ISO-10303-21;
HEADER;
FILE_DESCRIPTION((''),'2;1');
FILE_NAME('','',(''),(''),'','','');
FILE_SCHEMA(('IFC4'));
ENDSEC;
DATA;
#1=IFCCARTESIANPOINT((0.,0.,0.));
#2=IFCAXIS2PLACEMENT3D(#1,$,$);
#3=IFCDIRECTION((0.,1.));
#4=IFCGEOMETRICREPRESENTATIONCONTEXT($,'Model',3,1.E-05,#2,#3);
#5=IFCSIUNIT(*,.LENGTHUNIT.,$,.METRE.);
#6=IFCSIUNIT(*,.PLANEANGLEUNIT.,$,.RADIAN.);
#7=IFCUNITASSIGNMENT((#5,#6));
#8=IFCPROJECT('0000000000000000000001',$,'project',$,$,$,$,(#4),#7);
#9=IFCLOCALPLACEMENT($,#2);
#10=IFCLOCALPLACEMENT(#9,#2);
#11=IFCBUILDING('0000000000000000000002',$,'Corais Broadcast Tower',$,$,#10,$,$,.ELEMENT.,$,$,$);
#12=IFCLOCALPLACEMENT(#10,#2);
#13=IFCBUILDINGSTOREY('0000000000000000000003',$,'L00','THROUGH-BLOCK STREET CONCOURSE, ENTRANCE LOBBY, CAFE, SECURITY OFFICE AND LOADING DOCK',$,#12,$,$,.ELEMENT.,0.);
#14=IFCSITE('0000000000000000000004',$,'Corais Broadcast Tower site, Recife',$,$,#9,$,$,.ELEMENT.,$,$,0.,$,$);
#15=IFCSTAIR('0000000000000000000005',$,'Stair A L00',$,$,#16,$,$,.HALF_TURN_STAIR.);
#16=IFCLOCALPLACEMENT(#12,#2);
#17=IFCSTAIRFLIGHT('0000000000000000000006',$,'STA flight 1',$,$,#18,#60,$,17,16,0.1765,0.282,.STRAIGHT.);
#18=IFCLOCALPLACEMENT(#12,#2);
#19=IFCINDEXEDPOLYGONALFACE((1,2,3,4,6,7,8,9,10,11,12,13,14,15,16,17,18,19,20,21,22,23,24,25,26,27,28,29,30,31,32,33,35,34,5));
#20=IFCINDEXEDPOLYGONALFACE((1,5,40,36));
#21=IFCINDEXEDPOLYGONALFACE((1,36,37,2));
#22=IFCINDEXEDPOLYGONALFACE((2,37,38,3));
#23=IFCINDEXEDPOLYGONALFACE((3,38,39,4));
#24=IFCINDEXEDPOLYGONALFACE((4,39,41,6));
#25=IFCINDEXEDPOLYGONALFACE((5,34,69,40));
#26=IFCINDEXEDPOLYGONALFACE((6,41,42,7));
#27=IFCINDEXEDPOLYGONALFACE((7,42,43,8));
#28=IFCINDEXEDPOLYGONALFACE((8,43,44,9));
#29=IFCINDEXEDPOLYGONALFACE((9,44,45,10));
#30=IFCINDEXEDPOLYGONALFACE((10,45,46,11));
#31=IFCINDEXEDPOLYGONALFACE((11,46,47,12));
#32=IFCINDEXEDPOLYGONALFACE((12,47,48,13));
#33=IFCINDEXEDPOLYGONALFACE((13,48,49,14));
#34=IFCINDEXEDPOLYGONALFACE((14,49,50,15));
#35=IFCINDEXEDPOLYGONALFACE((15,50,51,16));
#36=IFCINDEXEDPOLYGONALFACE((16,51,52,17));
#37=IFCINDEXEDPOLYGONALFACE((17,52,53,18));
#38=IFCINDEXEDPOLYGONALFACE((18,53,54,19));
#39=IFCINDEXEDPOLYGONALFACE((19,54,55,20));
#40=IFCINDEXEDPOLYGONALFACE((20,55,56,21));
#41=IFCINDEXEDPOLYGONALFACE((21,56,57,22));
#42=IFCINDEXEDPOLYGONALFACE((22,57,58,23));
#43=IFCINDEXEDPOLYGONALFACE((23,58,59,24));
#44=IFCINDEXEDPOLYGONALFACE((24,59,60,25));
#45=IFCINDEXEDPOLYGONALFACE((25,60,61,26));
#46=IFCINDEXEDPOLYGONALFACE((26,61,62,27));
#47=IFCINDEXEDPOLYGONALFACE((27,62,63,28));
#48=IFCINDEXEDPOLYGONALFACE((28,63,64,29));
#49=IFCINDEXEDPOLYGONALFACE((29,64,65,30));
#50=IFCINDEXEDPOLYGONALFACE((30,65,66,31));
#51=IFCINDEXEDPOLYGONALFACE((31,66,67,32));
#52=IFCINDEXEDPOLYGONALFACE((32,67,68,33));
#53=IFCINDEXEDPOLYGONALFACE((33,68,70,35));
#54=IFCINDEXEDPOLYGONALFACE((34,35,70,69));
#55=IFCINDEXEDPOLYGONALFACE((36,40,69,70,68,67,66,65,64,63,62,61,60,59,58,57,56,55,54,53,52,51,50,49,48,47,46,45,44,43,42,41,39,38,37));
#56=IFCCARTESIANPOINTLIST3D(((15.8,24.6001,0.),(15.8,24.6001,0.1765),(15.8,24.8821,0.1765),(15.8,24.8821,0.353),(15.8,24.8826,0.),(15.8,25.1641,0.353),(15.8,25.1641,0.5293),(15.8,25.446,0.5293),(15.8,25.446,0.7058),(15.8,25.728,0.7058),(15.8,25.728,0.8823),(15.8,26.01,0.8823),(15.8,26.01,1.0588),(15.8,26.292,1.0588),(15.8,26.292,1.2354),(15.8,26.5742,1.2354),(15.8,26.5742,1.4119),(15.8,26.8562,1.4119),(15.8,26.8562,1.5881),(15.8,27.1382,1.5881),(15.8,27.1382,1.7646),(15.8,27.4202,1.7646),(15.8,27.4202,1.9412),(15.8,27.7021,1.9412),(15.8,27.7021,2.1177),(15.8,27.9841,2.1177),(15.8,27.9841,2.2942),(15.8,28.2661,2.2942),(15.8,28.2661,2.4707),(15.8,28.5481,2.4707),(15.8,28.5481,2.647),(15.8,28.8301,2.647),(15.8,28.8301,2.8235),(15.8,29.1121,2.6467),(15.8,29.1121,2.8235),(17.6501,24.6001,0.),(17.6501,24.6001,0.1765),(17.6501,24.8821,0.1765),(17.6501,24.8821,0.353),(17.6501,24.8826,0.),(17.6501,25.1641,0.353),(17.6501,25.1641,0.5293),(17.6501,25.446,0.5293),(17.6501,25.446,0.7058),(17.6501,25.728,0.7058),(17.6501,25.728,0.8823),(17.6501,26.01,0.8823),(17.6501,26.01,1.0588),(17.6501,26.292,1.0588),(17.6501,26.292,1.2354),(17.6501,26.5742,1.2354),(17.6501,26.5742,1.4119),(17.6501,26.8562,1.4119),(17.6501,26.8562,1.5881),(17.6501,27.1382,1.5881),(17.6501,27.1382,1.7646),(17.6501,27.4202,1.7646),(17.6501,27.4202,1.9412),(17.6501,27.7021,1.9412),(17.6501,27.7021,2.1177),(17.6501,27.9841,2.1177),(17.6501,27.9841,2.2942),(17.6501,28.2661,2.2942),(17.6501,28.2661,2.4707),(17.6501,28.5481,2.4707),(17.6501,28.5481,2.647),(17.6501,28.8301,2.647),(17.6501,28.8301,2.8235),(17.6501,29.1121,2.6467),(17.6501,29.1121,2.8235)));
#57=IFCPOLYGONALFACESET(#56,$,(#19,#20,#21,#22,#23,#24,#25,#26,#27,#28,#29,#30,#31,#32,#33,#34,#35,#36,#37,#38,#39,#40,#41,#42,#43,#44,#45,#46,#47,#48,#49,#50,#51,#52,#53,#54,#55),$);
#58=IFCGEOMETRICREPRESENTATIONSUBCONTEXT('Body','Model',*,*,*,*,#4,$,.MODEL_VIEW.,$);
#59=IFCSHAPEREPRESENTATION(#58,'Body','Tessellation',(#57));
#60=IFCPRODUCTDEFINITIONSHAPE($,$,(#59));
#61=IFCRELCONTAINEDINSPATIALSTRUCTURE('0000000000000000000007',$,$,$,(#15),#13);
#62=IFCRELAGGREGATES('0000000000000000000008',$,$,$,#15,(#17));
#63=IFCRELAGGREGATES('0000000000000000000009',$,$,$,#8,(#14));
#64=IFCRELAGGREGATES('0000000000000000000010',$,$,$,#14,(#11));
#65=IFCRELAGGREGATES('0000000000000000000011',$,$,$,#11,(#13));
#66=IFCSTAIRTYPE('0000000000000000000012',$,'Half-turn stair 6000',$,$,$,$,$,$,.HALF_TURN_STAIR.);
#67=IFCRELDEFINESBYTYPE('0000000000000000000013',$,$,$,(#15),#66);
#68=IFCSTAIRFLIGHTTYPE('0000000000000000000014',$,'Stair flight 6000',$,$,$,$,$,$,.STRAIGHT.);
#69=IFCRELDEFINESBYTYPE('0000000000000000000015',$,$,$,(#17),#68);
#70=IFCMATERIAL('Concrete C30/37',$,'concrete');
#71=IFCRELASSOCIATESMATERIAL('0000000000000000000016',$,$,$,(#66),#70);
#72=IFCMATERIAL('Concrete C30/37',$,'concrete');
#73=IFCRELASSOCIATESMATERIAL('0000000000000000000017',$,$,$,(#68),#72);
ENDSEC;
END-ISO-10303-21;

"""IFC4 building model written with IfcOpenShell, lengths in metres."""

from ifc_helpers import new_model, si_unit, direction, frame, origin, place, context, subcontext, project, spatial, polyline, outline, extrude, material, type_object, element, aggregate, save


model = new_model("IFC4")

# Units and contexts
model_context = context("Model", 3, precision=1e-05, world=origin(), true_north=direction((0.0, 1.0)))
body_context = subcontext(model_context, "Body", "Model", "MODEL_VIEW")
ifc_project = project(units=[si_unit("LENGTHUNIT", "METRE"), si_unit("PLANEANGLEUNIT", "RADIAN")], contexts=[model_context])

# Site, building, storey
site_placement = place(None, origin())
site = spatial("IfcSite", under=ifc_project, at=site_placement, Name="Corais Broadcast Tower site, Recife", CompositionType="ELEMENT", RefElevation=0.0)
building_placement = place(site_placement, origin())
building = spatial("IfcBuilding", under=site, at=building_placement, Name="Corais Broadcast Tower", CompositionType="ELEMENT")
storey_placement = place(building_placement, origin())
storey = spatial("IfcBuildingStorey", under=building, at=storey_placement, Name="L00", Description="THROUGH-BLOCK STREET CONCOURSE, ENTRANCE LOBBY, CAFE, SECURITY OFFICE AND LOADING DOCK", CompositionType="ELEMENT", Elevation=0.0)

# Stair, stair flight
ifc_material_1 = material(Name="Concrete C30/37", Category="concrete")
stair_type = type_object("IfcStairType", Name="Half-turn stair 6000", PredefinedType="HALF_TURN_STAIR", material=ifc_material_1)
stair_placement = place(storey_placement, origin())
stair = element("IfcStair", 1, at=stair_placement, inside=storey, type_object=stair_type, Name="Stair A L00", PredefinedType="HALF_TURN_STAIR")
ifc_material_2 = material(Name="Concrete C30/37", Category="concrete")
stair_flight_type = type_object("IfcStairFlightType", Name="Stair flight 6000", PredefinedType="STRAIGHT", material=ifc_material_2)
stair_flight_placement = place(storey_placement, frame((16.7251, 24.6001, 0.0), z_axis=(0.0, 0.0, 1.0), x_axis=(0.0, 1.0, 0.0)))
stair_flight = element("IfcStairFlight", 2, at=stair_flight_placement, type_object=stair_flight_type, Name="STA flight 1", NumberOfRisers=17, NumberOfTreads=16, PredefinedType="STRAIGHT", RiserHeight=0.1765, TreadLength=0.282, context=body_context, shape_type="SweptSolid", body=[
    extrude(outline(polyline([(0.0, 0.0), (0.0, 0.1765), (0.282, 0.1765), (0.282, 0.353), (0.564, 0.353), (0.564, 0.5293), (0.8459, 0.5293), (0.8459, 0.7058), (1.1279, 0.7058), (1.1279, 0.8823), (1.4099, 0.8823), (1.4099, 1.0588), (1.6919, 1.0588), (1.6919, 1.2354), (1.9741, 1.2354), (1.9741, 1.4119), (2.2561, 1.4119), (2.2561, 1.5881), (2.5381, 1.5881), (2.5381, 1.7646), (2.8201, 1.7646), (2.8201, 1.9412), (3.1021, 1.9412), (3.1021, 2.1177), (3.384, 2.1177), (3.384, 2.2942), (3.666, 2.2942), (3.666, 2.4707), (3.948, 2.4707), (3.948, 2.647), (4.23, 2.647), (4.23, 2.8235), (4.512, 2.8235), (4.512, 3.0), (4.512, 2.6467), (0.2825, 0.0), (0.0, 0.0)])), frame((0.0, 0.925, 0.0), z_axis=(0.0, -1.0, 0.0), x_axis=(1.0, 0.0, 0.0)), (0.0, 0.0, 1.0), 1.8501),
])
aggregate(stair, [stair_flight])

save(model, "model.ifc")
